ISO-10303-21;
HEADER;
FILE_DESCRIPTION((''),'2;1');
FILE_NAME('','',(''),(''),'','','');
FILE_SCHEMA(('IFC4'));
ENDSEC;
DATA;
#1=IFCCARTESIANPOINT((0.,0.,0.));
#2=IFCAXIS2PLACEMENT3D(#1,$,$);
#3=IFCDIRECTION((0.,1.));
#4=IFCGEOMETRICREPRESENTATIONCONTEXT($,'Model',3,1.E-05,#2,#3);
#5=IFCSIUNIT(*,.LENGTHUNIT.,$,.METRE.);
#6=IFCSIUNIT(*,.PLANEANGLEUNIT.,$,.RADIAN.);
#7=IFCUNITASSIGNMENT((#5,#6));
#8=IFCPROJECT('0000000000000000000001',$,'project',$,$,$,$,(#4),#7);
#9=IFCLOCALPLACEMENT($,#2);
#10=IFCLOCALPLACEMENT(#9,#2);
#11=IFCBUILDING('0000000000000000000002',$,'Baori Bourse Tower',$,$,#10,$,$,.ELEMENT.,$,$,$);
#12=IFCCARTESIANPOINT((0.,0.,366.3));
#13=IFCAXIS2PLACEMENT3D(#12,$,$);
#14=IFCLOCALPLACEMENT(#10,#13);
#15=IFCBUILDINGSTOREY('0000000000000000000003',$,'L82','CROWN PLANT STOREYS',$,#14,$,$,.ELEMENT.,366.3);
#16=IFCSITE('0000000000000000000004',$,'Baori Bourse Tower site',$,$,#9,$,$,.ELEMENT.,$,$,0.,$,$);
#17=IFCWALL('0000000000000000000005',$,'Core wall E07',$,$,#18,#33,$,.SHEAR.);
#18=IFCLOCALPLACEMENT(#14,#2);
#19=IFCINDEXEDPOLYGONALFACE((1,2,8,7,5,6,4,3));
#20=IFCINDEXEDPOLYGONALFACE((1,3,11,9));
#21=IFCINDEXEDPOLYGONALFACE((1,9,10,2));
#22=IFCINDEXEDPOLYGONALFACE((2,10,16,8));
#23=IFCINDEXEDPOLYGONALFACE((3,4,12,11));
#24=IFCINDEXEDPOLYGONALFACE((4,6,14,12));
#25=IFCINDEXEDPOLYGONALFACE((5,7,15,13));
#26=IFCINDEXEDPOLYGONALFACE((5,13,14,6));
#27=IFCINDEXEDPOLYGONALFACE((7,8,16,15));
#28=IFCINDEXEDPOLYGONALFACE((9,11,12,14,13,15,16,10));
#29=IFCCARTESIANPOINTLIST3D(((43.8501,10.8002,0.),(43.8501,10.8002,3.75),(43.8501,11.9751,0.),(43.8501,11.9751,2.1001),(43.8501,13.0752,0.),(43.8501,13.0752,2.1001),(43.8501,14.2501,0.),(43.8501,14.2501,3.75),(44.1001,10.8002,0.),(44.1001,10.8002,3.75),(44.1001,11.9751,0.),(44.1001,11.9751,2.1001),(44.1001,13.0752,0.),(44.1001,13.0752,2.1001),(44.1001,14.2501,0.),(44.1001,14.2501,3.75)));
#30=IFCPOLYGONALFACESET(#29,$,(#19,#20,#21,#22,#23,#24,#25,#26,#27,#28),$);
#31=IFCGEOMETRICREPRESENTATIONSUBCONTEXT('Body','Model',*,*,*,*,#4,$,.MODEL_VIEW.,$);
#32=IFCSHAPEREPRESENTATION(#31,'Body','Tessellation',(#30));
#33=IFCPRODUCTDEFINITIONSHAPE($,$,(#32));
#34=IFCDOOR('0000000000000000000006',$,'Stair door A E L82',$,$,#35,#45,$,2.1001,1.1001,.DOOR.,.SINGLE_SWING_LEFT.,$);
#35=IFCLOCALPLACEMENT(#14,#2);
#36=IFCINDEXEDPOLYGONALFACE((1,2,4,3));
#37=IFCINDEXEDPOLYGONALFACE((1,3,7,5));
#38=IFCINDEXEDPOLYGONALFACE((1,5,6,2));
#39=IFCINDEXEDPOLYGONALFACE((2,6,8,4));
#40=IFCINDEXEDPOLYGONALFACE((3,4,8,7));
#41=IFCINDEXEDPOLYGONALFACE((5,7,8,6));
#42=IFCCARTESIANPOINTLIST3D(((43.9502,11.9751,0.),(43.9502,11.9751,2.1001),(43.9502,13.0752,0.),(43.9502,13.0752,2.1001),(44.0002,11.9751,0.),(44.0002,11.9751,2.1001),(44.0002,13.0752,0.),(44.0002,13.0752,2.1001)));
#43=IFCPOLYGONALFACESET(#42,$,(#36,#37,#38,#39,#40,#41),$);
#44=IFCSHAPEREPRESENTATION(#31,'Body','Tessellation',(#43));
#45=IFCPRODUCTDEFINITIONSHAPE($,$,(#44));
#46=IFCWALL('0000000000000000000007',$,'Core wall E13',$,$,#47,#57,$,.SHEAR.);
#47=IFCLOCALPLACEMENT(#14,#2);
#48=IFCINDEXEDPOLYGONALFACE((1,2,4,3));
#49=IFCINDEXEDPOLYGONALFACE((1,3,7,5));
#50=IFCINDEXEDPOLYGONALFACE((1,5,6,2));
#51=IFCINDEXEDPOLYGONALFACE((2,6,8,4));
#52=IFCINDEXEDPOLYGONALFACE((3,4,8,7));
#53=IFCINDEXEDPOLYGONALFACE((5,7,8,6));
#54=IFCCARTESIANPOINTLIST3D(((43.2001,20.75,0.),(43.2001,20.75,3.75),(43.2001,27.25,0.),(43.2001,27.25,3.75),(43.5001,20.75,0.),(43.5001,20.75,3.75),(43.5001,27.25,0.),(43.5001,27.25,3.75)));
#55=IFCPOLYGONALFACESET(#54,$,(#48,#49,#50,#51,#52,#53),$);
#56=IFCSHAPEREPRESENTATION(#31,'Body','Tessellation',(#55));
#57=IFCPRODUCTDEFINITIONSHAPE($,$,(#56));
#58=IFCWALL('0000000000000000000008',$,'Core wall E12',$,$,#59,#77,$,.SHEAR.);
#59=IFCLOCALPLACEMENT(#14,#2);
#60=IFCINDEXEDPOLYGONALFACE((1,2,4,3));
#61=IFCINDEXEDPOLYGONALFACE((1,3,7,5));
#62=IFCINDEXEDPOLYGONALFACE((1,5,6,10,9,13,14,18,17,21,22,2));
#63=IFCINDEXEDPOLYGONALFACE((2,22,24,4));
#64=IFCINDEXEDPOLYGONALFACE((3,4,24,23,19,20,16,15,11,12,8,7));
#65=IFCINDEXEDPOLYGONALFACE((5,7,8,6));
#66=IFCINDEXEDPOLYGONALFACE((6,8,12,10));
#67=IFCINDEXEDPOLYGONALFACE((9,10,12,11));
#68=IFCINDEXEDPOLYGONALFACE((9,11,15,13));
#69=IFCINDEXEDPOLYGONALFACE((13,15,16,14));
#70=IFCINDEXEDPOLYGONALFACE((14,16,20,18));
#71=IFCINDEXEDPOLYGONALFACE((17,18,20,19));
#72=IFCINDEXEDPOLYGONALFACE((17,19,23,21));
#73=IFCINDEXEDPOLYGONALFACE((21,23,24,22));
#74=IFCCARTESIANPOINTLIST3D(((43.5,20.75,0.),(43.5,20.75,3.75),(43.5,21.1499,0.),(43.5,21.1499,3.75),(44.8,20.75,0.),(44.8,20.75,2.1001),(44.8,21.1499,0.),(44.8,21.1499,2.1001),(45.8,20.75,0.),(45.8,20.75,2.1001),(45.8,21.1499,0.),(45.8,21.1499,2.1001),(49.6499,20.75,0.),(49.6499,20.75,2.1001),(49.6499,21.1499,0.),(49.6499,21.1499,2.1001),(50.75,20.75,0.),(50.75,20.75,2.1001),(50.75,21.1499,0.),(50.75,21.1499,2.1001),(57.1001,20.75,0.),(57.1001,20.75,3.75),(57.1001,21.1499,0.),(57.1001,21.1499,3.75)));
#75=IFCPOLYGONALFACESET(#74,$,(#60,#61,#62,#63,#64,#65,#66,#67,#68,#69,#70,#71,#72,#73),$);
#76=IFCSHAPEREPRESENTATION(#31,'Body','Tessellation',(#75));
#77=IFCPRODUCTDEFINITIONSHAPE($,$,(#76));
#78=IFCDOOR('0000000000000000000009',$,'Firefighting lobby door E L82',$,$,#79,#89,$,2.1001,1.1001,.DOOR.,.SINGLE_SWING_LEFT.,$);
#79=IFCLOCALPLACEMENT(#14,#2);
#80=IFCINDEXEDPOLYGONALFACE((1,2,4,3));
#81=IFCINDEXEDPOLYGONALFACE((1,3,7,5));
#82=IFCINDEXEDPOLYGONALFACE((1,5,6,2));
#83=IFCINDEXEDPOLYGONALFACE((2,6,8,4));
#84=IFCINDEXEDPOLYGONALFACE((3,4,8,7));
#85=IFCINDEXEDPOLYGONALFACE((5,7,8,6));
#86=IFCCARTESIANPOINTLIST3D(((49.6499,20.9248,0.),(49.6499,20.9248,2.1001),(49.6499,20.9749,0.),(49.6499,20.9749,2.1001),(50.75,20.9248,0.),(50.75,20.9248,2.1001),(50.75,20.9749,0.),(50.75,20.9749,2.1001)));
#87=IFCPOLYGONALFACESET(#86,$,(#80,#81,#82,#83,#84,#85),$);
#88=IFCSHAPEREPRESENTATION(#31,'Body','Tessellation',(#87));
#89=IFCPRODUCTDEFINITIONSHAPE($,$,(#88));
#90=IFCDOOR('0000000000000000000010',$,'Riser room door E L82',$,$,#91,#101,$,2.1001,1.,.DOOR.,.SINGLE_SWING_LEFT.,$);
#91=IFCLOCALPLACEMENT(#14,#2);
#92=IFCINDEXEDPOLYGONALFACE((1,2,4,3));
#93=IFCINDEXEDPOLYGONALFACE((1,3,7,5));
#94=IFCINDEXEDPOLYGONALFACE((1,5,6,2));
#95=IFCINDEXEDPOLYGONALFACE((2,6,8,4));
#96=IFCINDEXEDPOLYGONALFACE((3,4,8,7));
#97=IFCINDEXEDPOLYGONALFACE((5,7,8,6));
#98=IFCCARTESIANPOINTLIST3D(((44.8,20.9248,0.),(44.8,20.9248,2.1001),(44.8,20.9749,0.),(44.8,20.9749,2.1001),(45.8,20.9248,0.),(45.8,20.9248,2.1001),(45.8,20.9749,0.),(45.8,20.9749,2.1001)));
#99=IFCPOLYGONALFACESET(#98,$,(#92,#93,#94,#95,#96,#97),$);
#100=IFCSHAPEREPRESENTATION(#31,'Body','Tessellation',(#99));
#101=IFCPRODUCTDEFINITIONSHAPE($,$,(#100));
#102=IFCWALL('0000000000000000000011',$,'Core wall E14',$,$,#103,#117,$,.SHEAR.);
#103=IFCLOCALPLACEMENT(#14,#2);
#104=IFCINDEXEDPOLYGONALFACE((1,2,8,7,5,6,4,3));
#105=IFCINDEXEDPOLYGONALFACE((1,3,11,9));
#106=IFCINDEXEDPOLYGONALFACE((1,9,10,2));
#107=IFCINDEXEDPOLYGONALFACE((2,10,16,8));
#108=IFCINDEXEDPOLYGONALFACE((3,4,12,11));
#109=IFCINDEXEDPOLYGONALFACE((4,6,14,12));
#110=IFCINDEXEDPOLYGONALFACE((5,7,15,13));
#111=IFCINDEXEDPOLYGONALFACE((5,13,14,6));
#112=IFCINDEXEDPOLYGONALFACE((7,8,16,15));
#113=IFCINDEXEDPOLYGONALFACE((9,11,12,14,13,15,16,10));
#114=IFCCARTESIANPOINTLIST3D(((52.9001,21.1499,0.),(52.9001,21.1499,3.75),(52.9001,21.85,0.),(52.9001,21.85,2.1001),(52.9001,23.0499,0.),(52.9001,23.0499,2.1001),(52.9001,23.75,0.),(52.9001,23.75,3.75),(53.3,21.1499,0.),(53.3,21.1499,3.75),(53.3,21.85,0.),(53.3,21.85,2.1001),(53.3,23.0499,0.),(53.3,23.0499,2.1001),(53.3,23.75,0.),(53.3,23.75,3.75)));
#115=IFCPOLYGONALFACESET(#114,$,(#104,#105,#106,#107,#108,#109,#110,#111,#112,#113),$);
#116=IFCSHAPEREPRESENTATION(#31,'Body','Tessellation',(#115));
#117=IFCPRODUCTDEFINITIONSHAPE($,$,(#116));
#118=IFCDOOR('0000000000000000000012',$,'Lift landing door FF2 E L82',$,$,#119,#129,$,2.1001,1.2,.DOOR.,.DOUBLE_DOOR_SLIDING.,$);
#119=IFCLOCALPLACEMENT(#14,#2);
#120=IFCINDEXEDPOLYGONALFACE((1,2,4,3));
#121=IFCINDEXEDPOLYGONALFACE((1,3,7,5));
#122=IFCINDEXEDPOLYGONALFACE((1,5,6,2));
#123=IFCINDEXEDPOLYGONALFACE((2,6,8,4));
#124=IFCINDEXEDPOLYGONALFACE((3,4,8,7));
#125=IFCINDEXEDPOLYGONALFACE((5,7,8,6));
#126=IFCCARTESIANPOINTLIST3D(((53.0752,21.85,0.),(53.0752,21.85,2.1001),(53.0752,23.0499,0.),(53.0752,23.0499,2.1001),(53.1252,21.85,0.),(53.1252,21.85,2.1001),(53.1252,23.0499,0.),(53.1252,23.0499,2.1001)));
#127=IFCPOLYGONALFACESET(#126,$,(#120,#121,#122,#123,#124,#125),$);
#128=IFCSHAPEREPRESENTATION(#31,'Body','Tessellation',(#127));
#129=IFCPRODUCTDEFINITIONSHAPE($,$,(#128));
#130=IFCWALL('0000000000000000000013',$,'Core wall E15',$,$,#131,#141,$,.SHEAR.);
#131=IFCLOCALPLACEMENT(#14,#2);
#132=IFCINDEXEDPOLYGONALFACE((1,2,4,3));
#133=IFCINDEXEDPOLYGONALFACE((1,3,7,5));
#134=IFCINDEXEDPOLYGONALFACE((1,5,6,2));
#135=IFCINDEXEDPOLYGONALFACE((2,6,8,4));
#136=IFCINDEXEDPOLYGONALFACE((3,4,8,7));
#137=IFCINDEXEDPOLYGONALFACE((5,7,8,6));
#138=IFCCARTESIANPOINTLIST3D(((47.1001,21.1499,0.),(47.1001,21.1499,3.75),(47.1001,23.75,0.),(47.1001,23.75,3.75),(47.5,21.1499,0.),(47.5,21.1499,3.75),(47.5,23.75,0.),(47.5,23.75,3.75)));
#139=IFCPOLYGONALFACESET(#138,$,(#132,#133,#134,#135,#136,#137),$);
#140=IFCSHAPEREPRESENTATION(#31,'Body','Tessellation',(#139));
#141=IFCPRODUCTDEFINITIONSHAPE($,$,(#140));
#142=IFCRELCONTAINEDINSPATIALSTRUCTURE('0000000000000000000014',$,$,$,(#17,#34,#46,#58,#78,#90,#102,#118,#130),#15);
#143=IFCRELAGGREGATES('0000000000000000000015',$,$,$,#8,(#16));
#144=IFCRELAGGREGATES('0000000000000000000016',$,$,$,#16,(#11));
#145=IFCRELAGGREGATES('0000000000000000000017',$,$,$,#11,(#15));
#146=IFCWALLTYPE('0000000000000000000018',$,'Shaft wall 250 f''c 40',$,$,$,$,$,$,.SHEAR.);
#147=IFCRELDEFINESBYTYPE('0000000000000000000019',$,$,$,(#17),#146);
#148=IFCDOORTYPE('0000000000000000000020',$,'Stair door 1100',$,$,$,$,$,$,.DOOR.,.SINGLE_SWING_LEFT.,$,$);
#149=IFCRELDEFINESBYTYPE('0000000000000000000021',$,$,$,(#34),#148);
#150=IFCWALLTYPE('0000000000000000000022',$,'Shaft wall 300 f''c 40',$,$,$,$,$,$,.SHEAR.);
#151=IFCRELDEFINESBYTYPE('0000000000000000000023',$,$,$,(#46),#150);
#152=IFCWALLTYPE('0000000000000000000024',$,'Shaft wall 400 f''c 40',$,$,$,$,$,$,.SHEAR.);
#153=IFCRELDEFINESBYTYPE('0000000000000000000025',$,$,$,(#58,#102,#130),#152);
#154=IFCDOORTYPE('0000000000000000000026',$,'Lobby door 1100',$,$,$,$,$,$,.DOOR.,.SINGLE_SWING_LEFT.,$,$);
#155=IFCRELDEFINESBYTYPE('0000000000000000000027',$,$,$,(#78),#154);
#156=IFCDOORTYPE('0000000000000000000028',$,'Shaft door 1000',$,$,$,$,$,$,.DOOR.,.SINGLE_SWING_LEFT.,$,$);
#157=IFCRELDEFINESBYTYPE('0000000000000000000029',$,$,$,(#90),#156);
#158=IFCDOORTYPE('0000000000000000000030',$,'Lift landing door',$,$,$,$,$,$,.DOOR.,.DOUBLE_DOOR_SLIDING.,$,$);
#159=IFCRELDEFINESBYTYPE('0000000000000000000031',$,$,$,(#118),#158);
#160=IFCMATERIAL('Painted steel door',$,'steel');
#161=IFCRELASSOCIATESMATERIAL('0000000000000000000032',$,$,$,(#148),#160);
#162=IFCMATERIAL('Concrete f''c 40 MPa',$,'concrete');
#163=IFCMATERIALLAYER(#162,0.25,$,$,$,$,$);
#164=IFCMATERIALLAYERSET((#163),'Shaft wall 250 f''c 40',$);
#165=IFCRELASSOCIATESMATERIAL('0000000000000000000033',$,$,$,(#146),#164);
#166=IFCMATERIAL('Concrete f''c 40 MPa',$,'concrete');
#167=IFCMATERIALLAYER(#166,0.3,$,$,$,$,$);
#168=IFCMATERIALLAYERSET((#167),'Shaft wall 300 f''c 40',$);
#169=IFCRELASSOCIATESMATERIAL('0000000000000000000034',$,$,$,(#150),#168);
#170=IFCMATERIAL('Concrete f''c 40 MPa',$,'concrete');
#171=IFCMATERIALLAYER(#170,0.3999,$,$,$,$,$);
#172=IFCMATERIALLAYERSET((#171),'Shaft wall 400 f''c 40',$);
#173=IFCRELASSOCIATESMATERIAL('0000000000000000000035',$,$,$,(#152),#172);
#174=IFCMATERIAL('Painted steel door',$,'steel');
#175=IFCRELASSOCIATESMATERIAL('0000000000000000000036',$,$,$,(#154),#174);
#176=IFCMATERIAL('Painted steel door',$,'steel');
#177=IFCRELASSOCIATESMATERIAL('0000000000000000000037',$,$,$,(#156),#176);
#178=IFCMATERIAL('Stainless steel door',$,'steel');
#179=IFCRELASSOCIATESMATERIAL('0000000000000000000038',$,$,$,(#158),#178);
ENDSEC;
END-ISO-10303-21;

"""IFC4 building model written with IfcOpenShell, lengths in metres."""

from ifc_helpers import new_model, si_unit, direction, frame, frame_2d, origin, place, context, subcontext, project, spatial, rectangle, extrude, material, layer, layer_set, type_object, element, fill, save


model = new_model("IFC4")

# Units and contexts
model_context = context("Model", 3, precision=1e-05, world=origin(), true_north=direction((0.0, 1.0)))
body_context = subcontext(model_context, "Body", "Model", "MODEL_VIEW")
ifc_project = project(units=[si_unit("LENGTHUNIT", "METRE"), si_unit("PLANEANGLEUNIT", "RADIAN")], contexts=[model_context])

# Site, building, storey
site_placement = place(None, origin())
site = spatial("IfcSite", under=ifc_project, at=site_placement, Name="Baori Bourse Tower site", CompositionType="ELEMENT", RefElevation=0.0)
building_placement = place(site_placement, origin())
building = spatial("IfcBuilding", under=site, at=building_placement, Name="Baori Bourse Tower", CompositionType="ELEMENT")
storey_placement = place(building_placement, frame((0.0, 0.0, 366.3)))
storey = spatial("IfcBuildingStorey", under=building, at=storey_placement, Name="L82", Description="CROWN PLANT STOREYS", CompositionType="ELEMENT", Elevation=366.3)

# Wall, opening, door
ifc_material_1 = material(Name="Painted steel door", Category="steel")
door_type_1 = type_object("IfcDoorType", Name="Stair door 1100", OperationType="SINGLE_SWING_LEFT", PredefinedType="DOOR", material=ifc_material_1)
ifc_material_2 = material(Name="Concrete f'c 40 MPa", Category="concrete")
ifc_layer_1 = layer(ifc_material_2, 0.25)
ifc_layer_set_1 = layer_set([ifc_layer_1], Name="Shaft wall 250 f'c 40")
wall_type_1 = type_object("IfcWallType", Name="Shaft wall 250 f'c 40", PredefinedType="SHEAR", material=ifc_layer_set_1)
wall_1_placement = place(storey_placement, frame((43.9751, 10.8, 0.0), z_axis=(0.0, 0.0, 1.0), x_axis=(0.0, 1.0, 0.0)))
wall_1 = element("IfcWall", 1, at=wall_1_placement, inside=storey, type_object=wall_type_1, Name="Core wall E07", PredefinedType="SHEAR", context=body_context, shape_type="SweptSolid", body=[
    extrude(rectangle(XDim=3.45, YDim=0.25, at=frame_2d((1.7251, 0.0))), origin(), (0.0, 0.0, 1.0), 3.75),
])
opening_1_placement = place(wall_1_placement, frame((1.175, 0.0, 0.0)))
opening_1 = element("IfcOpeningElement", 2, at=opening_1_placement, cuts=wall_1, PredefinedType="OPENING", context=body_context, shape_type="SweptSolid", body=[
    extrude(rectangle(XDim=1.1001, YDim=2.1001, at=frame_2d((0.55, 1.05))), frame((0.0, 0.135, 0.0), z_axis=(0.0, -1.0, 0.0), x_axis=(1.0, 0.0, 0.0)), (0.0, 0.0, 1.0), 0.27),
])
door_1_placement = place(opening_1_placement, origin())
door_1 = element("IfcDoor", 3, at=door_1_placement, inside=storey, type_object=door_type_1, Name="Stair door A E L82", OperationType="SINGLE_SWING_LEFT", OverallHeight=2.1001, OverallWidth=1.1001, PredefinedType="DOOR", context=body_context, shape_type="SweptSolid", body=[
    extrude(rectangle(XDim=1.1001, YDim=2.1001, at=frame_2d((0.55, 1.05))), frame((0.0, 0.0249, 0.0), z_axis=(0.0, -1.0, 0.0), x_axis=(1.0, 0.0, 0.0)), (0.0, 0.0, 1.0), 0.05),
])
fill(opening_1, door_1)

# Wall
ifc_material_3 = material(Name="Concrete f'c 40 MPa", Category="concrete")
ifc_layer_2 = layer(ifc_material_3, 0.3)
ifc_layer_set_2 = layer_set([ifc_layer_2], Name="Shaft wall 300 f'c 40")
wall_type_2 = type_object("IfcWallType", Name="Shaft wall 300 f'c 40", PredefinedType="SHEAR", material=ifc_layer_set_2)
wall_2_placement = place(storey_placement, frame((43.3501, 20.75, 0.0), z_axis=(0.0, 0.0, 1.0), x_axis=(0.0, 1.0, 0.0)))
element("IfcWall", 4, at=wall_2_placement, inside=storey, type_object=wall_type_2, Name="Core wall E13", PredefinedType="SHEAR", context=body_context, shape_type="SweptSolid", body=[
    extrude(rectangle(XDim=6.5, YDim=0.3, at=frame_2d((3.25, 0.0))), origin(), (0.0, 0.0, 1.0), 3.75),
])

# Wall, openings, doors
ifc_material_4 = material(Name="Concrete f'c 40 MPa", Category="concrete")
ifc_layer_3 = layer(ifc_material_4, 0.3999)
ifc_layer_set_3 = layer_set([ifc_layer_3], Name="Shaft wall 400 f'c 40")
wall_type_3 = type_object("IfcWallType", Name="Shaft wall 400 f'c 40", PredefinedType="SHEAR", material=ifc_layer_set_3)
wall_3_placement = place(storey_placement, frame((43.5, 20.95, 0.0), z_axis=(0.0, 0.0, 1.0), x_axis=(1.0, 0.0, 0.0)))
wall_3 = element("IfcWall", 5, at=wall_3_placement, inside=storey, type_object=wall_type_3, Name="Core wall E12", PredefinedType="SHEAR", context=body_context, shape_type="SweptSolid", body=[
    extrude(rectangle(XDim=13.6001, YDim=0.3999, at=frame_2d((6.8, 0.0))), origin(), (0.0, 0.0, 1.0), 3.75),
])
opening_2_placement = place(wall_3_placement, frame((6.1499, 0.0, 0.0)))
opening_2 = element("IfcOpeningElement", 6, at=opening_2_placement, cuts=wall_3, PredefinedType="OPENING", context=body_context, shape_type="SweptSolid", body=[
    extrude(rectangle(XDim=1.1001, YDim=2.1001, at=frame_2d((0.55, 1.05))), frame((0.0, 0.21, 0.0), z_axis=(0.0, -1.0, 0.0), x_axis=(1.0, 0.0, 0.0)), (0.0, 0.0, 1.0), 0.4199),
])
opening_3_placement = place(wall_3_placement, frame((1.3, 0.0, 0.0)))
opening_3 = element("IfcOpeningElement", 7, at=opening_3_placement, cuts=wall_3, PredefinedType="OPENING", context=body_context, shape_type="SweptSolid", body=[
    extrude(rectangle(XDim=1.0, YDim=2.1001, at=frame_2d((0.5, 1.05))), frame((0.0, 0.21, 0.0), z_axis=(0.0, -1.0, 0.0), x_axis=(1.0, 0.0, 0.0)), (0.0, 0.0, 1.0), 0.4199),
])
ifc_material_5 = material(Name="Painted steel door", Category="steel")
door_type_2 = type_object("IfcDoorType", Name="Lobby door 1100", OperationType="SINGLE_SWING_LEFT", PredefinedType="DOOR", material=ifc_material_5)
door_2_placement = place(opening_2_placement, origin())
door_2 = element("IfcDoor", 8, at=door_2_placement, inside=storey, type_object=door_type_2, Name="Firefighting lobby door E L82", OperationType="SINGLE_SWING_LEFT", OverallHeight=2.1001, OverallWidth=1.1001, PredefinedType="DOOR", context=body_context, shape_type="SweptSolid", body=[
    extrude(rectangle(XDim=1.1001, YDim=2.1001, at=frame_2d((0.55, 1.05))), frame((0.0, 0.0249, 0.0), z_axis=(0.0, -1.0, 0.0), x_axis=(1.0, 0.0, 0.0)), (0.0, 0.0, 1.0), 0.05),
])
fill(opening_2, door_2)
ifc_material_6 = material(Name="Painted steel door", Category="steel")
door_type_3 = type_object("IfcDoorType", Name="Shaft door 1000", OperationType="SINGLE_SWING_LEFT", PredefinedType="DOOR", material=ifc_material_6)
door_3_placement = place(opening_3_placement, origin())
door_3 = element("IfcDoor", 9, at=door_3_placement, inside=storey, type_object=door_type_3, Name="Riser room door E L82", OperationType="SINGLE_SWING_LEFT", OverallHeight=2.1001, OverallWidth=1.0, PredefinedType="DOOR", context=body_context, shape_type="SweptSolid", body=[
    extrude(rectangle(XDim=1.0, YDim=2.1001, at=frame_2d((0.5, 1.05))), frame((0.0, 0.0249, 0.0), z_axis=(0.0, -1.0, 0.0), x_axis=(1.0, 0.0, 0.0)), (0.0, 0.0, 1.0), 0.05),
])
fill(opening_3, door_3)

# Wall, opening, door
wall_4_placement = place(storey_placement, frame((53.1001, 21.1499, 0.0), z_axis=(0.0, 0.0, 1.0), x_axis=(0.0, 1.0, 0.0)))
wall_4 = element("IfcWall", 10, at=wall_4_placement, inside=storey, type_object=wall_type_3, Name="Core wall E14", PredefinedType="SHEAR", context=body_context, shape_type="SweptSolid", body=[
    extrude(rectangle(XDim=2.6001, YDim=0.3999, at=frame_2d((1.3, 0.0))), origin(), (0.0, 0.0, 1.0), 3.75),
])
opening_4_placement = place(wall_4_placement, frame((0.7, 0.0, 0.0)))
opening_4 = element("IfcOpeningElement", 11, at=opening_4_placement, cuts=wall_4, PredefinedType="OPENING", context=body_context, shape_type="SweptSolid", body=[
    extrude(rectangle(XDim=1.2, YDim=2.1001, at=frame_2d((0.6001, 1.05))), frame((0.0, 0.21, 0.0), z_axis=(0.0, -1.0, 0.0), x_axis=(1.0, 0.0, 0.0)), (0.0, 0.0, 1.0), 0.4199),
])
ifc_material_7 = material(Name="Stainless steel door", Category="steel")
door_type_4 = type_object("IfcDoorType", Name="Lift landing door", OperationType="DOUBLE_DOOR_SLIDING", PredefinedType="DOOR", material=ifc_material_7)
door_4_placement = place(opening_4_placement, origin())
door_4 = element("IfcDoor", 12, at=door_4_placement, inside=storey, type_object=door_type_4, Name="Lift landing door FF2 E L82", OperationType="DOUBLE_DOOR_SLIDING", OverallHeight=2.1001, OverallWidth=1.2, PredefinedType="DOOR", context=body_context, shape_type="SweptSolid", body=[
    extrude(rectangle(XDim=1.2, YDim=2.1001, at=frame_2d((0.6001, 1.05))), frame((0.0, 0.0249, 0.0), z_axis=(0.0, -1.0, 0.0), x_axis=(1.0, 0.0, 0.0)), (0.0, 0.0, 1.0), 0.05),
])
fill(opening_4, door_4)

# Wall
wall_5_placement = place(storey_placement, frame((47.3, 21.1499, 0.0), z_axis=(0.0, 0.0, 1.0), x_axis=(0.0, 1.0, 0.0)))
element("IfcWall", 13, at=wall_5_placement, inside=storey, type_object=wall_type_3, Name="Core wall E15", PredefinedType="SHEAR", context=body_context, shape_type="SweptSolid", body=[
    extrude(rectangle(XDim=2.6001, YDim=0.3999, at=frame_2d((1.3, 0.0))), origin(), (0.0, 0.0, 1.0), 3.75),
])

save(model, "model.ifc")
